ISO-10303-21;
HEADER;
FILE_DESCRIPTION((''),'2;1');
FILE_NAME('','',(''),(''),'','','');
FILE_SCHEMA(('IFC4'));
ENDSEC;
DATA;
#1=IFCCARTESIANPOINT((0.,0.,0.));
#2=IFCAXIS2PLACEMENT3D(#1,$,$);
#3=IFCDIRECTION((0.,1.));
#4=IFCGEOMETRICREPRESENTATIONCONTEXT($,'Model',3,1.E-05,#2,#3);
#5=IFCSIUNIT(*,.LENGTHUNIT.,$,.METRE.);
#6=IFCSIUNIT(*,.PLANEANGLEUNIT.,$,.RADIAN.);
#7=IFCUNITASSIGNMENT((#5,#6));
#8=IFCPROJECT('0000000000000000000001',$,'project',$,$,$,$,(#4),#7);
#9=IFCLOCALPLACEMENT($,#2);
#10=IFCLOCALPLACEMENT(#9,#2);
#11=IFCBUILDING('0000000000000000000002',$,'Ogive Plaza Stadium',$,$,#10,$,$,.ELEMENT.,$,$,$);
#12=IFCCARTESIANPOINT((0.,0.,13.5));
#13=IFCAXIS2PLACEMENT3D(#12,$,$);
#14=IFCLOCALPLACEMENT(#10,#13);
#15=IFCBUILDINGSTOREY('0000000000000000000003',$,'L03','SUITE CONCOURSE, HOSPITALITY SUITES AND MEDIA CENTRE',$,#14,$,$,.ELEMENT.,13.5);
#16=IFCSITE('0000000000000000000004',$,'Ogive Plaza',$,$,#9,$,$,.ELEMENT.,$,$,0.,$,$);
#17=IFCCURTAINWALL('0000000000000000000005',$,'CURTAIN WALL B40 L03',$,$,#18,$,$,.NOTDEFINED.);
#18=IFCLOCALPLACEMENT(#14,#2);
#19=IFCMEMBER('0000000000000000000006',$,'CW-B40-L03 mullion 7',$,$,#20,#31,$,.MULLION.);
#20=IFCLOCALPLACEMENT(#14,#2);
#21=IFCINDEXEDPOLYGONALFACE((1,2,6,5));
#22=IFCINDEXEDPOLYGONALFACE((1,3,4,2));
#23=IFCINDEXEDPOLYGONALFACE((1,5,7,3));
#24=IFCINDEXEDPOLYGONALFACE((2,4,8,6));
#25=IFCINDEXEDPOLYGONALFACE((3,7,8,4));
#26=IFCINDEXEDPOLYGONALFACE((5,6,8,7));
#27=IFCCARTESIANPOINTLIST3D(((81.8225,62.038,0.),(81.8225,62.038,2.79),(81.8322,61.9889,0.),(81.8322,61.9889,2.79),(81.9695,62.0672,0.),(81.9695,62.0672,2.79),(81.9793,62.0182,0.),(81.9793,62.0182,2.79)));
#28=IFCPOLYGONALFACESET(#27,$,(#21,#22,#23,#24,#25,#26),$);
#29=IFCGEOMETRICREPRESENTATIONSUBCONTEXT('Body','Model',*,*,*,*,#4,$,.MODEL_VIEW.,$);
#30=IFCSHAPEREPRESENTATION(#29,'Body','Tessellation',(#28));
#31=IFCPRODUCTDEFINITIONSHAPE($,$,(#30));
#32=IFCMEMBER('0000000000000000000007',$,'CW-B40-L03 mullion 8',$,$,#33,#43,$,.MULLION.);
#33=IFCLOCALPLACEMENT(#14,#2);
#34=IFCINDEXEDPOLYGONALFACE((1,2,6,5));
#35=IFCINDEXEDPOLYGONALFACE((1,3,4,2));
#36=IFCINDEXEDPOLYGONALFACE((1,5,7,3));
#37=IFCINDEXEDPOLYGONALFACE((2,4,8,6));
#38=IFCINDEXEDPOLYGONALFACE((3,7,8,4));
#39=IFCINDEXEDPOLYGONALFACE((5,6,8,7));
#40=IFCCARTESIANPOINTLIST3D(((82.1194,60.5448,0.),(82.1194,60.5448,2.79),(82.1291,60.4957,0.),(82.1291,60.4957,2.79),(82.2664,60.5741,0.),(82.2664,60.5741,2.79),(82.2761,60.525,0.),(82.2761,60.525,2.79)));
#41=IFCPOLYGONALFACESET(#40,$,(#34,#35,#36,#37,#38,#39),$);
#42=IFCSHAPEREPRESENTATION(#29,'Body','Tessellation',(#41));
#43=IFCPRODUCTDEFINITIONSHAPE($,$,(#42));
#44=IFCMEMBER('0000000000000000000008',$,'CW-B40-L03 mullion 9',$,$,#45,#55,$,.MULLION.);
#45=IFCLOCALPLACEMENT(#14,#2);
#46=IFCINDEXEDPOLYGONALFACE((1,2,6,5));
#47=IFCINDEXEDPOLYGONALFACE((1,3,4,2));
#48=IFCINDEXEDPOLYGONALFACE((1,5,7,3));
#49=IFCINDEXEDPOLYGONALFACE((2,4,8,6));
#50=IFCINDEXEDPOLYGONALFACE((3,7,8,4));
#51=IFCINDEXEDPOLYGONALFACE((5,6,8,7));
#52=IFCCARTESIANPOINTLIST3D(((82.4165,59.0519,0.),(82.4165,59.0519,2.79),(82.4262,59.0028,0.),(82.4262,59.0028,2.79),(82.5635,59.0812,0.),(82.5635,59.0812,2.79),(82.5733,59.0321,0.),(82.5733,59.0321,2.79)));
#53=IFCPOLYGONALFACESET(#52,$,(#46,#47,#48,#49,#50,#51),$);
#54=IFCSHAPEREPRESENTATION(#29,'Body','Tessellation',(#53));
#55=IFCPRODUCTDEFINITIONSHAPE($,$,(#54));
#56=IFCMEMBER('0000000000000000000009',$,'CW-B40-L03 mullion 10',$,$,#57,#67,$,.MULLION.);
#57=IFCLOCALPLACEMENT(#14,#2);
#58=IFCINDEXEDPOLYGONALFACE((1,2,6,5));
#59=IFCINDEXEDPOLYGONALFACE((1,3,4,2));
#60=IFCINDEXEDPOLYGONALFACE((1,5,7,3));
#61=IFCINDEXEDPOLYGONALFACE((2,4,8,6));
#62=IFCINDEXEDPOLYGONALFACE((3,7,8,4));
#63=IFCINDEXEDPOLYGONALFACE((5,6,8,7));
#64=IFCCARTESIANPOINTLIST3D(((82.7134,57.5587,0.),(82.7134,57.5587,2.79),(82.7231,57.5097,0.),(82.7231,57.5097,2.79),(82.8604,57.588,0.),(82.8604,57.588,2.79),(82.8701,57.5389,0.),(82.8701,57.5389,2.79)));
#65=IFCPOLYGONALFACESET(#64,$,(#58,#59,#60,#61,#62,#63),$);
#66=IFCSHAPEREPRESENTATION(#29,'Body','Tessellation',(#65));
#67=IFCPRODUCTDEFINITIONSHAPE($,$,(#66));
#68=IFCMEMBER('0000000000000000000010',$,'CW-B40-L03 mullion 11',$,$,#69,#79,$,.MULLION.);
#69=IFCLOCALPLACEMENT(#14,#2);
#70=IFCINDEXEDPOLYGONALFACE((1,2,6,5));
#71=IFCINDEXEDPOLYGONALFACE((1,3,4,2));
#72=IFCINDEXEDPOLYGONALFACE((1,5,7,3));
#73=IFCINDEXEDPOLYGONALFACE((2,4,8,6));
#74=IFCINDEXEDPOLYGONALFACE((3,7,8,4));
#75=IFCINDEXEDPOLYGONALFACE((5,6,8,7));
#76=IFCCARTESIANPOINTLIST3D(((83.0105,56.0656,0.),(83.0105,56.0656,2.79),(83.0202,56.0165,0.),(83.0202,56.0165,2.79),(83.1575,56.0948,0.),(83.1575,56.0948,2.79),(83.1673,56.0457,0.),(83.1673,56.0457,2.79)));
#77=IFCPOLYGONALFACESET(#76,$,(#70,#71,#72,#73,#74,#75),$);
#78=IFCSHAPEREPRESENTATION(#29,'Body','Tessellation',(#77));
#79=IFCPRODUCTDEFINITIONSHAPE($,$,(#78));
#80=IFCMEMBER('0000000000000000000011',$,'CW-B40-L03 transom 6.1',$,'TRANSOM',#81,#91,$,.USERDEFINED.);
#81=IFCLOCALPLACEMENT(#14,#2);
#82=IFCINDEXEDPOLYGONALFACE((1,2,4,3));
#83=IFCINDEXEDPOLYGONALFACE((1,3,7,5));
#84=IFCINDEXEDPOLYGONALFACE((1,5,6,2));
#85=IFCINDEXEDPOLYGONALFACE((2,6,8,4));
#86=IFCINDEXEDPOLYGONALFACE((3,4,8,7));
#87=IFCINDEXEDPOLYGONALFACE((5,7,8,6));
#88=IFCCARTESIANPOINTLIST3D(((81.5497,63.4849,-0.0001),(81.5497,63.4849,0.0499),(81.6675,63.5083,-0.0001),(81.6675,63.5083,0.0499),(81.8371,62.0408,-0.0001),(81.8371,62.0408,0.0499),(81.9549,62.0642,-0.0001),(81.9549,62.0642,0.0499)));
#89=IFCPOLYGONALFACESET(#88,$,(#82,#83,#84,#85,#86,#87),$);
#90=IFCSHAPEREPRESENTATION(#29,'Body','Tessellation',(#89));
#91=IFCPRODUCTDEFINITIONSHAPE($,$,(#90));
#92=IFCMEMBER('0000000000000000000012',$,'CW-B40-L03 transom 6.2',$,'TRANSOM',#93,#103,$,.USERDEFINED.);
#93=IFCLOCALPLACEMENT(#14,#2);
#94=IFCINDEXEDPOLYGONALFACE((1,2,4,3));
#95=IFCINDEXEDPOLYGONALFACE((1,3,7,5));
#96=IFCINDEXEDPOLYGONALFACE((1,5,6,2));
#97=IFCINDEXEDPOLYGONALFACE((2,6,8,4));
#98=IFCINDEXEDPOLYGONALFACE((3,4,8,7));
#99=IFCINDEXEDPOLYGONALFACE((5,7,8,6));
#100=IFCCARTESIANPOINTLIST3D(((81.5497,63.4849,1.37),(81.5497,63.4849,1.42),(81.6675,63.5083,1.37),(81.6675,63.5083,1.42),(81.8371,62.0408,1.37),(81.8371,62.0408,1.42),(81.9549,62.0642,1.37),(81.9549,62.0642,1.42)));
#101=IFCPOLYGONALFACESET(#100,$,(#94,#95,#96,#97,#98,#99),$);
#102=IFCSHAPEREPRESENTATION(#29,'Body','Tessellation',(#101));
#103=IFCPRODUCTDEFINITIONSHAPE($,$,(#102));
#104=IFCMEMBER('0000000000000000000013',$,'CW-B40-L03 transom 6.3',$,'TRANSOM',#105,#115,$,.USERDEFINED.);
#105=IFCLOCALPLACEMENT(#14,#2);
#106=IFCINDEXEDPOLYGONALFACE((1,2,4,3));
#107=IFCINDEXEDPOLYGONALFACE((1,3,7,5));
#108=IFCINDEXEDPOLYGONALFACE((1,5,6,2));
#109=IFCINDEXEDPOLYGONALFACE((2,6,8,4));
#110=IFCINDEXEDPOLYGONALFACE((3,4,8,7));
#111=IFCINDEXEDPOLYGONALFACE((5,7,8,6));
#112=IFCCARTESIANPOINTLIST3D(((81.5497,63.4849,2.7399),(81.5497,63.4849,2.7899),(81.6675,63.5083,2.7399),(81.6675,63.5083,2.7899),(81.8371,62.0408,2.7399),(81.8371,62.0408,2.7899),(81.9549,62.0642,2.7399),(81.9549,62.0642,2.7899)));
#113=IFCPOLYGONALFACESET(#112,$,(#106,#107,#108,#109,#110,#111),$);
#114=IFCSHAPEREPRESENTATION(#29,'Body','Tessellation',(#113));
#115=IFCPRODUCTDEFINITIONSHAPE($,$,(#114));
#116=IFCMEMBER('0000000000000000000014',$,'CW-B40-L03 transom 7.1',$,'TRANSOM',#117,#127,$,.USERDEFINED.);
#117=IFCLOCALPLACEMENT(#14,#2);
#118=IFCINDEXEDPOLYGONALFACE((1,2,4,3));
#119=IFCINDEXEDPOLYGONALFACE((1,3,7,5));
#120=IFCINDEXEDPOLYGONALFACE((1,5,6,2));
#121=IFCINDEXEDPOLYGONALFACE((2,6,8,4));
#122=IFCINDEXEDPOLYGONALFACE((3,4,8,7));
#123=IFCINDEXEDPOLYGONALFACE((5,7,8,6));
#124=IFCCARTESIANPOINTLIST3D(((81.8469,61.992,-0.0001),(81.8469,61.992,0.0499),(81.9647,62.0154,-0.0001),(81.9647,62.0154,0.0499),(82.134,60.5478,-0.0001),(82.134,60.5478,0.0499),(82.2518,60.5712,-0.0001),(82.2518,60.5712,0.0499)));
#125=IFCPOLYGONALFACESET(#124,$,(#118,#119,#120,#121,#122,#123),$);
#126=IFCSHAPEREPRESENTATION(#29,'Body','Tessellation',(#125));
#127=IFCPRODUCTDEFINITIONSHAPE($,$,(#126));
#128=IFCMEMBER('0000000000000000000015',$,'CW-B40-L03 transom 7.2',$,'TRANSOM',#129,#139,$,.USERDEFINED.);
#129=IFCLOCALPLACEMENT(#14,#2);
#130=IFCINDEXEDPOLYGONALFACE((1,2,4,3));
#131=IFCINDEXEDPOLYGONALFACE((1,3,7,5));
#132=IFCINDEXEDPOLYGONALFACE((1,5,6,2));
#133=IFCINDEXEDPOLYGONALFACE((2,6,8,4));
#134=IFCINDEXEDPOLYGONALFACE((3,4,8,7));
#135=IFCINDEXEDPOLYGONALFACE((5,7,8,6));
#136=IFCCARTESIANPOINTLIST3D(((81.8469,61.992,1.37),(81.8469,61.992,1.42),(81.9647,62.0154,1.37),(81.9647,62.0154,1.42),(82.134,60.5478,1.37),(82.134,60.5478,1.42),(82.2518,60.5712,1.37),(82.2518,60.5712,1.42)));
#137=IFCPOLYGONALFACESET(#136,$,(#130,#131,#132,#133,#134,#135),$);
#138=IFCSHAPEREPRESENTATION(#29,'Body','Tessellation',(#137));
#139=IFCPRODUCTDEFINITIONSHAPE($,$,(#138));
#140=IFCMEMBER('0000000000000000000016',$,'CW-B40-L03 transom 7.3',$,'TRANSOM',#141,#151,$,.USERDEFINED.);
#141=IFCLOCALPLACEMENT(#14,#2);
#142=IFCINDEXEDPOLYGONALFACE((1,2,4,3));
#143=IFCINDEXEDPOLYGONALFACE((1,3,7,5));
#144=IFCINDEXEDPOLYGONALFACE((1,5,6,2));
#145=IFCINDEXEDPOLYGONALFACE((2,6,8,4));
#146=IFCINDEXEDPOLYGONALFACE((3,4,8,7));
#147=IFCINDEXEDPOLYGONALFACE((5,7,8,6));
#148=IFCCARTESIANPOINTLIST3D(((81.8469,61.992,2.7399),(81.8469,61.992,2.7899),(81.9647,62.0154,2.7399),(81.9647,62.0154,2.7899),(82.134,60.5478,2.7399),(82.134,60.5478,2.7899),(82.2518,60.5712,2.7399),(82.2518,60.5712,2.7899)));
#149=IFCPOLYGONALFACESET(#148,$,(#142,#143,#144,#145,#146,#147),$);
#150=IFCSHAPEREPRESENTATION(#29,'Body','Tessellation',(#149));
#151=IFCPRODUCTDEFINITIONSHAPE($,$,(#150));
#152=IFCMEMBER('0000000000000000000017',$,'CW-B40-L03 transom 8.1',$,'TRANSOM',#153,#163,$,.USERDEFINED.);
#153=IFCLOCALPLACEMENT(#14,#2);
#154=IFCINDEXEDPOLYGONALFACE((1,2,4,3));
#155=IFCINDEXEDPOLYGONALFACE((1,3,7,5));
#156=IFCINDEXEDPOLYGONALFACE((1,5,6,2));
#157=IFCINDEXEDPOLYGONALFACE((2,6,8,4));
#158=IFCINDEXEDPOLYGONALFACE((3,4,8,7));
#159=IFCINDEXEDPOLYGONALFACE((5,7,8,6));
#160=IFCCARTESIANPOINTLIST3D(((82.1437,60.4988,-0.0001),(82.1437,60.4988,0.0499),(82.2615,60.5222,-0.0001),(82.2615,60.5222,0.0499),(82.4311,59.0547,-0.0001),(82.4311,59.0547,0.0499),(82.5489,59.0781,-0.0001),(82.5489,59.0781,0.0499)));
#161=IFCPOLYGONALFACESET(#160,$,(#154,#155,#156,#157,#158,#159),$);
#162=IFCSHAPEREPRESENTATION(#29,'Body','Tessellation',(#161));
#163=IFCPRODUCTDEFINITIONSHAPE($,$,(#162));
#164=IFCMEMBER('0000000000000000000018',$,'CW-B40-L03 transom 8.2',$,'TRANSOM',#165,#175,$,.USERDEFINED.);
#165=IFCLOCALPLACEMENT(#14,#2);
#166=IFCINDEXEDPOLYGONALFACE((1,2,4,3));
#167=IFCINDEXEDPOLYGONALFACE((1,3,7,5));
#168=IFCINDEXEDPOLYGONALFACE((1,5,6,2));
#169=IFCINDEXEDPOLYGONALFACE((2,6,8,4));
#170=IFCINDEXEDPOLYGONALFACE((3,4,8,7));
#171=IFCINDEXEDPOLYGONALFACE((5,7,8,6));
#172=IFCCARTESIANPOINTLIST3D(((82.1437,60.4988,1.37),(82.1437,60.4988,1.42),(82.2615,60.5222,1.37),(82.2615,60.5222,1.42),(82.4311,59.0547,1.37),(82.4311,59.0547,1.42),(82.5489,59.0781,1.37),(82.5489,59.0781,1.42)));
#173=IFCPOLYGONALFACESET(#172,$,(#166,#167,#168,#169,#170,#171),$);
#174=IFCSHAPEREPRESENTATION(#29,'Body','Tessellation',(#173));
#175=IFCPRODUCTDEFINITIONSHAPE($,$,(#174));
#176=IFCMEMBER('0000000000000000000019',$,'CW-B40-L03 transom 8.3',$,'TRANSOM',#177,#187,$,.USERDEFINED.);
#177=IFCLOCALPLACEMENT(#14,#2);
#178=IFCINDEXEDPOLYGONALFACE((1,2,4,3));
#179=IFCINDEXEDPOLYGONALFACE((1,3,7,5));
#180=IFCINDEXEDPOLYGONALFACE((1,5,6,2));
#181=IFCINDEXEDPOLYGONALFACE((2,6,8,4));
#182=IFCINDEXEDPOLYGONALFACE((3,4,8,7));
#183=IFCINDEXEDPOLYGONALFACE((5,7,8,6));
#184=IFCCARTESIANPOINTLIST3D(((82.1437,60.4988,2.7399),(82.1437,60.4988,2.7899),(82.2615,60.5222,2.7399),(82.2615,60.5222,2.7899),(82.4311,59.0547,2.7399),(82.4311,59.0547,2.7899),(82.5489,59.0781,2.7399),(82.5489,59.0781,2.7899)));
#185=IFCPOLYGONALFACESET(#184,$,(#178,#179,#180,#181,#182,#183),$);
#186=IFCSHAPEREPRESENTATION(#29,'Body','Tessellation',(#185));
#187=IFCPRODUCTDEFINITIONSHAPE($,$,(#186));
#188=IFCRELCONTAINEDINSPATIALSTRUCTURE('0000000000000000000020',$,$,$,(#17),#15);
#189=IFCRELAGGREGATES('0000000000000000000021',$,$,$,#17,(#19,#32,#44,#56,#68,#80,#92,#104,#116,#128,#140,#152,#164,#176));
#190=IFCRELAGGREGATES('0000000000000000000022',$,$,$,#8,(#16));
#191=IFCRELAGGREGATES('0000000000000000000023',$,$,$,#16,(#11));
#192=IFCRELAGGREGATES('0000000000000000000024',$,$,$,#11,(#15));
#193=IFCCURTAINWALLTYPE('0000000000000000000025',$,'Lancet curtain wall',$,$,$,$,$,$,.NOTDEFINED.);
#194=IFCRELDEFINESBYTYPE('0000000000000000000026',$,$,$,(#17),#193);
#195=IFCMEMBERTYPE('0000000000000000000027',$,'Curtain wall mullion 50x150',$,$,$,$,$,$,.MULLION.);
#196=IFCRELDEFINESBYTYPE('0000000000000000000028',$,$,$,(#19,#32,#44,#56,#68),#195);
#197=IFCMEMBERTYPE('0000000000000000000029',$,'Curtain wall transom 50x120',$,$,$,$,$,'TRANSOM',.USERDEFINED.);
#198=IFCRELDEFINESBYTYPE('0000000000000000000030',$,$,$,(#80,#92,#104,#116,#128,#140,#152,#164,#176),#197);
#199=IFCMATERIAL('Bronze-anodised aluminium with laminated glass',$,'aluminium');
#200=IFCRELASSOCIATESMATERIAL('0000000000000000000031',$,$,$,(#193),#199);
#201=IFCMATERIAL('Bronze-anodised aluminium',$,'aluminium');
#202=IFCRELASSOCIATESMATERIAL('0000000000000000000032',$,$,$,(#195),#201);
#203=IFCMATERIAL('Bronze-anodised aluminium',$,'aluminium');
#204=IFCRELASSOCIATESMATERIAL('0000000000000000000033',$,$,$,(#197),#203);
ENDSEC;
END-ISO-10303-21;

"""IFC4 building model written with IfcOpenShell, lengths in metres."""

from ifc_helpers import new_model, si_unit, direction, frame, origin, origin_2d, place, context, subcontext, project, spatial, rectangle, extrude, material, material_profile, profile_set, type_object, element, aggregate, save


model = new_model("IFC4")

# Units and contexts
model_context = context("Model", 3, precision=1e-05, world=origin(), true_north=direction((0.0, 1.0)))
body_context = subcontext(model_context, "Body", "Model", "MODEL_VIEW")
ifc_project = project(units=[si_unit("LENGTHUNIT", "METRE"), si_unit("PLANEANGLEUNIT", "RADIAN")], contexts=[model_context])

# Site, building, storey
site_placement = place(None, origin())
site = spatial("IfcSite", under=ifc_project, at=site_placement, Name="Ogive Plaza", CompositionType="ELEMENT", RefElevation=0.0)
building_placement = place(site_placement, origin())
building = spatial("IfcBuilding", under=site, at=building_placement, Name="Ogive Plaza Stadium", CompositionType="ELEMENT")
storey_placement = place(building_placement, frame((0.0, 0.0, 13.5)))
storey = spatial("IfcBuildingStorey", under=building, at=storey_placement, Name="L03", Description="SUITE CONCOURSE, HOSPITALITY SUITES AND MEDIA CENTRE", CompositionType="ELEMENT", Elevation=13.5)

# Curtain wall, members
ifc_material_1 = material(Name="Bronze-anodised aluminium with laminated glass", Category="aluminium")
curtain_wall_type = type_object("IfcCurtainWallType", Name="Lancet curtain wall", PredefinedType="NOTDEFINED", material=ifc_material_1)
curtain_wall_placement = place(storey_placement, origin())
curtain_wall = element("IfcCurtainWall", 1, at=curtain_wall_placement, inside=storey, type_object=curtain_wall_type, Name="CURTAIN WALL B40 L03", PredefinedType="NOTDEFINED")
ifc_material_2 = material(Name="Bronze-anodised aluminium", Category="aluminium")
ifc_material_profile_1 = material_profile(ifc_material_2, rectangle(XDim=0.1499, YDim=0.05, at=origin_2d()), Name="AL 150x50")
ifc_profile_set_1 = profile_set([ifc_material_profile_1], Name="Bronze-anodised aluminium")
member_type_1 = type_object("IfcMemberType", Name="Curtain wall mullion 50x150", PredefinedType="MULLION", material=ifc_profile_set_1)
member_1_placement = place(storey_placement, frame((81.9009, 62.0281, 0.0), z_axis=(0.0, 0.0, 1.0), x_axis=(0.980785, 0.19509, 0.0)))
member_1 = element("IfcMember", 2, at=member_1_placement, type_object=member_type_1, Name="CW-B40-L03 mullion 7", PredefinedType="MULLION", context=body_context, shape_type="SweptSolid", body=[
    extrude(rectangle(XDim=0.1499, YDim=0.05, at=origin_2d()), origin(), (0.0, 0.0, 1.0), 2.79),
])
member_2_placement = place(storey_placement, frame((82.1978, 60.5349, 0.0), z_axis=(0.0, 0.0, 1.0), x_axis=(0.980785, 0.19509, 0.0)))
member_2 = element("IfcMember", 3, at=member_2_placement, type_object=member_type_1, Name="CW-B40-L03 mullion 8", PredefinedType="MULLION", context=body_context, shape_type="SweptSolid", body=[
    extrude(rectangle(XDim=0.1499, YDim=0.05, at=origin_2d()), origin(), (0.0, 0.0, 1.0), 2.79),
])
member_3_placement = place(storey_placement, frame((82.4949, 59.042, 0.0), z_axis=(0.0, 0.0, 1.0), x_axis=(0.980785, 0.19509, 0.0)))
member_3 = element("IfcMember", 4, at=member_3_placement, type_object=member_type_1, Name="CW-B40-L03 mullion 9", PredefinedType="MULLION", context=body_context, shape_type="SweptSolid", body=[
    extrude(rectangle(XDim=0.1499, YDim=0.05, at=origin_2d()), origin(), (0.0, 0.0, 1.0), 2.79),
])
member_4_placement = place(storey_placement, frame((82.7917, 57.5488, 0.0), z_axis=(0.0, 0.0, 1.0), x_axis=(0.980785, 0.19509, 0.0)))
member_4 = element("IfcMember", 5, at=member_4_placement, type_object=member_type_1, Name="CW-B40-L03 mullion 10", PredefinedType="MULLION", context=body_context, shape_type="SweptSolid", body=[
    extrude(rectangle(XDim=0.1499, YDim=0.05, at=origin_2d()), origin(), (0.0, 0.0, 1.0), 2.79),
])
member_5_placement = place(storey_placement, frame((83.0889, 56.0557, 0.0), z_axis=(0.0, 0.0, 1.0), x_axis=(0.980785, 0.19509, 0.0)))
member_5 = element("IfcMember", 6, at=member_5_placement, type_object=member_type_1, Name="CW-B40-L03 mullion 11", PredefinedType="MULLION", context=body_context, shape_type="SweptSolid", body=[
    extrude(rectangle(XDim=0.1499, YDim=0.05, at=origin_2d()), origin(), (0.0, 0.0, 1.0), 2.79),
])
ifc_material_3 = material(Name="Bronze-anodised aluminium", Category="aluminium")
ifc_material_profile_2 = material_profile(ifc_material_3, rectangle(XDim=0.1201, YDim=0.05, at=origin_2d()), Name="AL 120x50")
ifc_profile_set_2 = profile_set([ifc_material_profile_2], Name="Bronze-anodised aluminium")
member_type_2 = type_object("IfcMemberType", Name="Curtain wall transom 50x120", ElementType="TRANSOM", PredefinedType="USERDEFINED", material=ifc_profile_set_2)
member_6_placement = place(storey_placement, frame((81.6086, 63.4966, 0.0249), z_axis=(0.195159, -0.980772, 0.0), x_axis=(0.980772, 0.195159, 0.0)))
member_6 = element("IfcMember", 7, at=member_6_placement, type_object=member_type_2, Name="CW-B40-L03 transom 6.1", ObjectType="TRANSOM", PredefinedType="USERDEFINED", context=body_context, shape_type="SweptSolid", body=[
    extrude(rectangle(XDim=0.1201, YDim=0.05, at=origin_2d()), origin(), (0.0, 0.0, 1.0), 1.4724),
])
member_7_placement = place(storey_placement, frame((81.6086, 63.4966, 1.395), z_axis=(0.195159, -0.980772, 0.0), x_axis=(0.980772, 0.195159, 0.0)))
member_7 = element("IfcMember", 8, at=member_7_placement, type_object=member_type_2, Name="CW-B40-L03 transom 6.2", ObjectType="TRANSOM", PredefinedType="USERDEFINED", context=body_context, shape_type="SweptSolid", body=[
    extrude(rectangle(XDim=0.1201, YDim=0.05, at=origin_2d()), origin(), (0.0, 0.0, 1.0), 1.4724),
])
member_8_placement = place(storey_placement, frame((81.6086, 63.4966, 2.7649), z_axis=(0.195159, -0.980772, 0.0), x_axis=(0.980772, 0.195159, 0.0)))
member_8 = element("IfcMember", 9, at=member_8_placement, type_object=member_type_2, Name="CW-B40-L03 transom 6.3", ObjectType="TRANSOM", PredefinedType="USERDEFINED", context=body_context, shape_type="SweptSolid", body=[
    extrude(rectangle(XDim=0.1201, YDim=0.05, at=origin_2d()), origin(), (0.0, 0.0, 1.0), 1.4724),
])
member_9_placement = place(storey_placement, frame((81.9058, 62.0037, 0.0249), z_axis=(0.195, -0.980803, 0.0), x_axis=(0.980803, 0.195, 0.0)))
member_9 = element("IfcMember", 10, at=member_9_placement, type_object=member_type_2, Name="CW-B40-L03 transom 7.1", ObjectType="TRANSOM", PredefinedType="USERDEFINED", context=body_context, shape_type="SweptSolid", body=[
    extrude(rectangle(XDim=0.1201, YDim=0.05, at=origin_2d()), origin(), (0.0, 0.0, 1.0), 1.4724),
])
member_10_placement = place(storey_placement, frame((81.9058, 62.0037, 1.395), z_axis=(0.195, -0.980803, 0.0), x_axis=(0.980803, 0.195, 0.0)))
member_10 = element("IfcMember", 11, at=member_10_placement, type_object=member_type_2, Name="CW-B40-L03 transom 7.2", ObjectType="TRANSOM", PredefinedType="USERDEFINED", context=body_context, shape_type="SweptSolid", body=[
    extrude(rectangle(XDim=0.1201, YDim=0.05, at=origin_2d()), origin(), (0.0, 0.0, 1.0), 1.4724),
])
member_11_placement = place(storey_placement, frame((81.9058, 62.0037, 2.7649), z_axis=(0.195, -0.980803, 0.0), x_axis=(0.980803, 0.195, 0.0)))
member_11 = element("IfcMember", 12, at=member_11_placement, type_object=member_type_2, Name="CW-B40-L03 transom 7.3", ObjectType="TRANSOM", PredefinedType="USERDEFINED", context=body_context, shape_type="SweptSolid", body=[
    extrude(rectangle(XDim=0.1201, YDim=0.05, at=origin_2d()), origin(), (0.0, 0.0, 1.0), 1.4724),
])
member_12_placement = place(storey_placement, frame((82.2026, 60.5105, 0.0249), z_axis=(0.195159, -0.980772, 0.0), x_axis=(0.980772, 0.195159, 0.0)))
member_12 = element("IfcMember", 13, at=member_12_placement, type_object=member_type_2, Name="CW-B40-L03 transom 8.1", ObjectType="TRANSOM", PredefinedType="USERDEFINED", context=body_context, shape_type="SweptSolid", body=[
    extrude(rectangle(XDim=0.1201, YDim=0.05, at=origin_2d()), origin(), (0.0, 0.0, 1.0), 1.4724),
])
member_13_placement = place(storey_placement, frame((82.2026, 60.5105, 1.395), z_axis=(0.195159, -0.980772, 0.0), x_axis=(0.980772, 0.195159, 0.0)))
member_13 = element("IfcMember", 14, at=member_13_placement, type_object=member_type_2, Name="CW-B40-L03 transom 8.2", ObjectType="TRANSOM", PredefinedType="USERDEFINED", context=body_context, shape_type="SweptSolid", body=[
    extrude(rectangle(XDim=0.1201, YDim=0.05, at=origin_2d()), origin(), (0.0, 0.0, 1.0), 1.4724),
])
member_14_placement = place(storey_placement, frame((82.2026, 60.5105, 2.7649), z_axis=(0.195159, -0.980772, 0.0), x_axis=(0.980772, 0.195159, 0.0)))
member_14 = element("IfcMember", 15, at=member_14_placement, type_object=member_type_2, Name="CW-B40-L03 transom 8.3", ObjectType="TRANSOM", PredefinedType="USERDEFINED", context=body_context, shape_type="SweptSolid", body=[
    extrude(rectangle(XDim=0.1201, YDim=0.05, at=origin_2d()), origin(), (0.0, 0.0, 1.0), 1.4724),
])
aggregate(curtain_wall, [member_1, member_2, member_3, member_4, member_5, member_6, member_7, member_8, member_9, member_10, member_11, member_12, member_13, member_14])

save(model, "model.ifc")
